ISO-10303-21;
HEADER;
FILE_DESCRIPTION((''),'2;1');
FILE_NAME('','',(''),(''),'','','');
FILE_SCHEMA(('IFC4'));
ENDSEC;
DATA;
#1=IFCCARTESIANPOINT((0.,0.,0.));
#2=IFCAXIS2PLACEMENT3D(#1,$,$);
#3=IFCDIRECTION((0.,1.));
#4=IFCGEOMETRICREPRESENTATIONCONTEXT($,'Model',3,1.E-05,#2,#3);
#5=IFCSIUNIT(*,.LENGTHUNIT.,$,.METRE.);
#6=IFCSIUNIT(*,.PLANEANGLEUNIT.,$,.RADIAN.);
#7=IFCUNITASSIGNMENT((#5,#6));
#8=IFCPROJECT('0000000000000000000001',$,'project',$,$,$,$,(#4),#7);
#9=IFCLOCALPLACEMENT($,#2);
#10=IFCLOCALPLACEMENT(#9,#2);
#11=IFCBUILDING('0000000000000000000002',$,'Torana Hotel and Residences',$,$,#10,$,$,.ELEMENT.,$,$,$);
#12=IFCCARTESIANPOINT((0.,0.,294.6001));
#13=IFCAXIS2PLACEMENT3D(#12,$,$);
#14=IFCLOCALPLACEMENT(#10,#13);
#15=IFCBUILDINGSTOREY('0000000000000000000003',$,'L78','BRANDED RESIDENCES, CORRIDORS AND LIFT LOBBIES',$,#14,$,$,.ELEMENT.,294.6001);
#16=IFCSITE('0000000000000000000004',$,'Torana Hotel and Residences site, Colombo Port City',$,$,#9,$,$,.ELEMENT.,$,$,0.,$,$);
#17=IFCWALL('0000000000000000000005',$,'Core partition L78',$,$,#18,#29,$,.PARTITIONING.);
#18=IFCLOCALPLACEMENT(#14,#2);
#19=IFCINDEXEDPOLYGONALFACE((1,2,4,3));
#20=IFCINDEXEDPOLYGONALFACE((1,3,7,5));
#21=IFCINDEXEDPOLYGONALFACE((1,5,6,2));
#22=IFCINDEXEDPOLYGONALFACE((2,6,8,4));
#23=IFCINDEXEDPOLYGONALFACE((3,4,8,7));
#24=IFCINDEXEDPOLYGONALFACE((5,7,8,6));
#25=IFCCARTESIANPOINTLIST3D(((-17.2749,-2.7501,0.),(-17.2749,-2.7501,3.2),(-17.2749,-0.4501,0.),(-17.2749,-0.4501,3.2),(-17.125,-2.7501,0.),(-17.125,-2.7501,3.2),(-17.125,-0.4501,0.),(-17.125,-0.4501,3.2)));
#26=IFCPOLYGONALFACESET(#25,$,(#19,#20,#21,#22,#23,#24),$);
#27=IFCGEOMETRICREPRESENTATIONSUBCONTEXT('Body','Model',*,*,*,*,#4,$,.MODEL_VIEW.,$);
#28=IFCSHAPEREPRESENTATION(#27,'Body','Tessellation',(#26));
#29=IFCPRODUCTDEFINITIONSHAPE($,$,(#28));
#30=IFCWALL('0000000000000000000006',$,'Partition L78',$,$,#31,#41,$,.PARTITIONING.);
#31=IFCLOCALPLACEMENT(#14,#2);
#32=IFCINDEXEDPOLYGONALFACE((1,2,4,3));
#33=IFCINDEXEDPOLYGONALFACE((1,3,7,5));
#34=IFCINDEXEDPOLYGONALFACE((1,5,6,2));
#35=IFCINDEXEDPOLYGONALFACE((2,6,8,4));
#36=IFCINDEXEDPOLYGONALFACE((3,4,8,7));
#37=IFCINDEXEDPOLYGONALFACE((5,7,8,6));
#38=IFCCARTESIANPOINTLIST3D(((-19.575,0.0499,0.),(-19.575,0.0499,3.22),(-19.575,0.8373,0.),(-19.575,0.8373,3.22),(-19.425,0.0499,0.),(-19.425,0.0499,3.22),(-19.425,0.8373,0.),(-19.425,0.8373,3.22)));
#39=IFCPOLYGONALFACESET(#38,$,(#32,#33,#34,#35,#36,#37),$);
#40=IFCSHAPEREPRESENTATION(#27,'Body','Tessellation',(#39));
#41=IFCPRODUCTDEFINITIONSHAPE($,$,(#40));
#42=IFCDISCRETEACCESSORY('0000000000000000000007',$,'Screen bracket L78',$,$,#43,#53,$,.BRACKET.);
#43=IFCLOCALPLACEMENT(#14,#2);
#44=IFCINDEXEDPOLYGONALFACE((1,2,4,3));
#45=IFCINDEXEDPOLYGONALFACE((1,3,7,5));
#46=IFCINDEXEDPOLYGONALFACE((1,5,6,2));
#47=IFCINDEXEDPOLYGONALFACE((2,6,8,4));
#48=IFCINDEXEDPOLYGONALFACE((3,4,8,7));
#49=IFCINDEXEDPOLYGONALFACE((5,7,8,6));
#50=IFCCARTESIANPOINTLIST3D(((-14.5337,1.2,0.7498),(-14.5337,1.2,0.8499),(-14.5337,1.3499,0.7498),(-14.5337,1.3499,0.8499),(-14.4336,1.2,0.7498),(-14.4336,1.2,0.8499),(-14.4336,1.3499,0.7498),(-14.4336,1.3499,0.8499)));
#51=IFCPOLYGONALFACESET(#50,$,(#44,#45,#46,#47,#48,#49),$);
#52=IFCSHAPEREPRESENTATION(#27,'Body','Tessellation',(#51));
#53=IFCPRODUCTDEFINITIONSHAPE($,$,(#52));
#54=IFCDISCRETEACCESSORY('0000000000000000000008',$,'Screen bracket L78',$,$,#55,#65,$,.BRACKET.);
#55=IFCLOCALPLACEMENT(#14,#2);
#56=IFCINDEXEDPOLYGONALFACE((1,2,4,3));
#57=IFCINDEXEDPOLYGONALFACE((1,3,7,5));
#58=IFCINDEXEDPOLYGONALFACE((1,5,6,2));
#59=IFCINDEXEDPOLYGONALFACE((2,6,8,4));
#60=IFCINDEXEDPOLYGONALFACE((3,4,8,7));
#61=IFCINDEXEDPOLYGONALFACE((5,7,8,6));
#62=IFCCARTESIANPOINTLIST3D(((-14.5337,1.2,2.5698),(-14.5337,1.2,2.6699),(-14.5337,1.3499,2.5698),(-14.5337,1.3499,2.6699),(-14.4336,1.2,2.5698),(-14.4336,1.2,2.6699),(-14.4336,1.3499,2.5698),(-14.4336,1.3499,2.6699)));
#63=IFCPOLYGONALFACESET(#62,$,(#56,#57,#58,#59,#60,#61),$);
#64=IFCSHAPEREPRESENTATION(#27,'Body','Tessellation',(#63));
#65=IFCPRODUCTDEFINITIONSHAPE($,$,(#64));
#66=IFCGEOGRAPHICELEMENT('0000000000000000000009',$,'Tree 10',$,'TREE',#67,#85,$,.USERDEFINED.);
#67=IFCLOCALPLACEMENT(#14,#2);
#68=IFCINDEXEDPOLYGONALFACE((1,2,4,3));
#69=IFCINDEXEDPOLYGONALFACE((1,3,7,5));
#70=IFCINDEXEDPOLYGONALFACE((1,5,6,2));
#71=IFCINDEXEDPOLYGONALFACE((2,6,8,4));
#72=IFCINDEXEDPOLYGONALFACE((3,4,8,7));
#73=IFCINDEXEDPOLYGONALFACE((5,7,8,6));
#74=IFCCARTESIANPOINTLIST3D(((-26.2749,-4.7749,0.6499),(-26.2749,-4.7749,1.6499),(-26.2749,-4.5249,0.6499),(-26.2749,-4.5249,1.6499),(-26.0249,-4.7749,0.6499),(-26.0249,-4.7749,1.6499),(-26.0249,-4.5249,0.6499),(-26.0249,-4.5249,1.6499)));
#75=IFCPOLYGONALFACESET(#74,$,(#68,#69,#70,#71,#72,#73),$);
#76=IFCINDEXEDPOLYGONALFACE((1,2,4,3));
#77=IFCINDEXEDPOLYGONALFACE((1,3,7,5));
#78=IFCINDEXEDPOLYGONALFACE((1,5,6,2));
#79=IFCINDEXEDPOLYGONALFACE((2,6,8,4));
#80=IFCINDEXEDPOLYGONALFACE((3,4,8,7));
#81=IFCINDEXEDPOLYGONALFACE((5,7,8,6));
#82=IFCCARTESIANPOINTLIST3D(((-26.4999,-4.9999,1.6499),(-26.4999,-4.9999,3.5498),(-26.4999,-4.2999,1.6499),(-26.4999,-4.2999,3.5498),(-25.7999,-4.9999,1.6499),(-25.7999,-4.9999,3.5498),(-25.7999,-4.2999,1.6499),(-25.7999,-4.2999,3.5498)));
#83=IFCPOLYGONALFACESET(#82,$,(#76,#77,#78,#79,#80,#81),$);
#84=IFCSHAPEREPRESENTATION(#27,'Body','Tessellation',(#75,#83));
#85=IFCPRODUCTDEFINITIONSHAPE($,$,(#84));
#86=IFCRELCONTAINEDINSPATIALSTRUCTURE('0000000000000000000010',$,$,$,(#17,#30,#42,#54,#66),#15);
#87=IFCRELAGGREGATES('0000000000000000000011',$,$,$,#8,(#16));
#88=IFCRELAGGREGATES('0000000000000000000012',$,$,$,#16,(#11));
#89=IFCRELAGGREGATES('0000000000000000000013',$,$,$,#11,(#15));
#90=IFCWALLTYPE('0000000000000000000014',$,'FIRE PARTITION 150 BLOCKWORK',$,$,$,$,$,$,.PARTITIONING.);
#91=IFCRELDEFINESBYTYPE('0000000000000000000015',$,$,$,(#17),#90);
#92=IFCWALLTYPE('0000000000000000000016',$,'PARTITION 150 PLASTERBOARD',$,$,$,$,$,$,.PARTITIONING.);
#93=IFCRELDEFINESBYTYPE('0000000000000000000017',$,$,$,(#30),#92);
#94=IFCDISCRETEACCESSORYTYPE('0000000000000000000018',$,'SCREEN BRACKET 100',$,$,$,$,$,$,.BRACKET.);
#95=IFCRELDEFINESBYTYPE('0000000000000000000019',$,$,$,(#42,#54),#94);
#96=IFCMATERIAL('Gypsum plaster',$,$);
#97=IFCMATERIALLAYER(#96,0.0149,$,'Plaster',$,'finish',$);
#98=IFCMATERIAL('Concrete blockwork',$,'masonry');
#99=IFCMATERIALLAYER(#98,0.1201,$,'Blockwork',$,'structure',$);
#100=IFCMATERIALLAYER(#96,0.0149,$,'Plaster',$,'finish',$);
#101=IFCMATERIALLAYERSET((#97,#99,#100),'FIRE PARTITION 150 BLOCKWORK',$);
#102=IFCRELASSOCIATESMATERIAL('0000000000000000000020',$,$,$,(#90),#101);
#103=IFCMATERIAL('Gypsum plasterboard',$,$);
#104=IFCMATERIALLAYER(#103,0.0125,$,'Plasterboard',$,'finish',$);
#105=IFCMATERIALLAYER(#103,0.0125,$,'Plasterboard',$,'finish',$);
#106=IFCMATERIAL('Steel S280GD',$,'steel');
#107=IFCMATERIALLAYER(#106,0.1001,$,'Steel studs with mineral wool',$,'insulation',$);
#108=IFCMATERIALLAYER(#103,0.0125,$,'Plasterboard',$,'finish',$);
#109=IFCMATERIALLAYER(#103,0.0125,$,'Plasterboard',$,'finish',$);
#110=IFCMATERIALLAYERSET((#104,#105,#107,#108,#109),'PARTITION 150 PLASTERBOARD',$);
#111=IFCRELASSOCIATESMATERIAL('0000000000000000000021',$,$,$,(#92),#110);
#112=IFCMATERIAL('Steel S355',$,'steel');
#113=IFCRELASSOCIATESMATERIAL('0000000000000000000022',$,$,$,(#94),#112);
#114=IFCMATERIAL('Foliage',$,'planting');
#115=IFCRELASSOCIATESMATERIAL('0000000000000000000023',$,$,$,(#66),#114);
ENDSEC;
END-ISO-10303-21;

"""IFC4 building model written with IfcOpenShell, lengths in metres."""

from ifc_helpers import new_model, si_unit, direction, frame, frame_2d, origin, origin_2d, place, context, subcontext, project, spatial, rectangle, extrude, material, layer, layer_set, type_object, element, save


model = new_model("IFC4")

# Units and contexts
model_context = context("Model", 3, precision=1e-05, world=origin(), true_north=direction((0.0, 1.0)))
body_context = subcontext(model_context, "Body", "Model", "MODEL_VIEW")
ifc_project = project(units=[si_unit("LENGTHUNIT", "METRE"), si_unit("PLANEANGLEUNIT", "RADIAN")], contexts=[model_context])

# Site, building, storey
site_placement = place(None, origin())
site = spatial("IfcSite", under=ifc_project, at=site_placement, Name="Torana Hotel and Residences site, Colombo Port City", CompositionType="ELEMENT", RefElevation=0.0)
building_placement = place(site_placement, origin())
building = spatial("IfcBuilding", under=site, at=building_placement, Name="Torana Hotel and Residences", CompositionType="ELEMENT")
storey_placement = place(building_placement, frame((0.0, 0.0, 294.6001)))
storey = spatial("IfcBuildingStorey", under=building, at=storey_placement, Name="L78", Description="BRANDED RESIDENCES, CORRIDORS AND LIFT LOBBIES", CompositionType="ELEMENT", Elevation=294.6001)

# Shared definitions
ifc_material_1 = material(Name="Steel S280GD", Category="steel")

# Walls
ifc_material_2 = material(Name="Gypsum plaster")
ifc_layer_1 = layer(ifc_material_2, 0.0149, Name="Plaster", Category="finish")
ifc_material_3 = material(Name="Concrete blockwork", Category="masonry")
ifc_layer_2 = layer(ifc_material_3, 0.1201, Name="Blockwork", Category="structure")
ifc_layer_3 = layer(ifc_material_2, 0.0149, Name="Plaster", Category="finish")
ifc_layer_set_1 = layer_set([ifc_layer_1, ifc_layer_2, ifc_layer_3], Name="FIRE PARTITION 150 BLOCKWORK")
wall_type_1 = type_object("IfcWallType", Name="FIRE PARTITION 150 BLOCKWORK", PredefinedType="PARTITIONING", material=ifc_layer_set_1)
wall_1_placement = place(storey_placement, frame((-17.2, -2.75, 0.0), z_axis=(0.0, 0.0, 1.0), x_axis=(0.0, 1.0, 0.0)))
element("IfcWall", 1, at=wall_1_placement, inside=storey, type_object=wall_type_1, Name="Core partition L78", PredefinedType="PARTITIONING", context=body_context, shape_type="SweptSolid", body=[
    extrude(rectangle(XDim=2.3, YDim=0.1499, at=frame_2d((1.1499, 0.0))), origin(), (0.0, 0.0, 1.0), 3.2),
])
ifc_material_4 = material(Name="Gypsum plasterboard")
ifc_layer_4 = layer(ifc_material_4, 0.0125, Name="Plasterboard", Category="finish")
ifc_layer_5 = layer(ifc_material_4, 0.0125, Name="Plasterboard", Category="finish")
ifc_layer_6 = layer(ifc_material_1, 0.1001, Name="Steel studs with mineral wool", Category="insulation")
ifc_layer_7 = layer(ifc_material_4, 0.0125, Name="Plasterboard", Category="finish")
ifc_layer_8 = layer(ifc_material_4, 0.0125, Name="Plasterboard", Category="finish")
ifc_layer_set_2 = layer_set([ifc_layer_4, ifc_layer_5, ifc_layer_6, ifc_layer_7, ifc_layer_8], Name="PARTITION 150 PLASTERBOARD")
wall_type_2 = type_object("IfcWallType", Name="PARTITION 150 PLASTERBOARD", PredefinedType="PARTITIONING", material=ifc_layer_set_2)
wall_2_placement = place(storey_placement, frame((-19.5, 0.05, 0.0), z_axis=(0.0, 0.0, 1.0), x_axis=(0.0, 1.0, 0.0)))
element("IfcWall", 2, at=wall_2_placement, inside=storey, type_object=wall_type_2, Name="Partition L78", PredefinedType="PARTITIONING", context=body_context, shape_type="SweptSolid", body=[
    extrude(rectangle(XDim=0.7874, YDim=0.1499, at=frame_2d((0.3936, 0.0))), origin(), (0.0, 0.0, 1.0), 3.22),
])

# Discrete accessories
ifc_material_5 = material(Name="Steel S355", Category="steel")
discrete_accessory_type = type_object("IfcDiscreteAccessoryType", Name="SCREEN BRACKET 100", PredefinedType="BRACKET", material=ifc_material_5)
for number, where, z_axis, x_axis, name in (
    (3, (-14.4836, 1.2749, 0.7498), (0.0, 0.0, 1.0), (-1.0, 0.0, 0.0), "Screen bracket L78"),
    (4, (-14.4836, 1.2749, 2.5698), (0.0, 0.0, 1.0), (-1.0, 0.0, 0.0), "Screen bracket L78"),
):
    element("IfcDiscreteAccessory", number, at=place(storey_placement, frame(where, z_axis=z_axis, x_axis=x_axis)), inside=storey, type_object=discrete_accessory_type, Name=name, PredefinedType="BRACKET", context=body_context, shape_type="SweptSolid", body=[
        extrude(rectangle(XDim=0.1001, YDim=0.1499, at=origin_2d()), origin(), (0.0, 0.0, 1.0), 0.1001),
    ])

# Geographic element
ifc_material_6 = material(Name="Foliage", Category="planting")
geographic_element_placement = place(storey_placement, frame((-26.1499, -4.6499, 0.6499), z_axis=(0.0, 0.0, 1.0), x_axis=(1.0, 0.0, 0.0)))
element("IfcGeographicElement", 5, at=geographic_element_placement, inside=storey, material=ifc_material_6, Name="Tree 10", ObjectType="TREE", PredefinedType="USERDEFINED", context=body_context, shape_type="SweptSolid", body=[
    extrude(rectangle(XDim=0.25, YDim=0.25, at=origin_2d()), origin(), (0.0, 0.0, 1.0), 1.0),
    extrude(rectangle(XDim=0.7, YDim=0.7, at=origin_2d()), frame((0.0, 0.0, 1.0)), (0.0, 0.0, 1.0), 1.8999),
])

save(model, "model.ifc")
